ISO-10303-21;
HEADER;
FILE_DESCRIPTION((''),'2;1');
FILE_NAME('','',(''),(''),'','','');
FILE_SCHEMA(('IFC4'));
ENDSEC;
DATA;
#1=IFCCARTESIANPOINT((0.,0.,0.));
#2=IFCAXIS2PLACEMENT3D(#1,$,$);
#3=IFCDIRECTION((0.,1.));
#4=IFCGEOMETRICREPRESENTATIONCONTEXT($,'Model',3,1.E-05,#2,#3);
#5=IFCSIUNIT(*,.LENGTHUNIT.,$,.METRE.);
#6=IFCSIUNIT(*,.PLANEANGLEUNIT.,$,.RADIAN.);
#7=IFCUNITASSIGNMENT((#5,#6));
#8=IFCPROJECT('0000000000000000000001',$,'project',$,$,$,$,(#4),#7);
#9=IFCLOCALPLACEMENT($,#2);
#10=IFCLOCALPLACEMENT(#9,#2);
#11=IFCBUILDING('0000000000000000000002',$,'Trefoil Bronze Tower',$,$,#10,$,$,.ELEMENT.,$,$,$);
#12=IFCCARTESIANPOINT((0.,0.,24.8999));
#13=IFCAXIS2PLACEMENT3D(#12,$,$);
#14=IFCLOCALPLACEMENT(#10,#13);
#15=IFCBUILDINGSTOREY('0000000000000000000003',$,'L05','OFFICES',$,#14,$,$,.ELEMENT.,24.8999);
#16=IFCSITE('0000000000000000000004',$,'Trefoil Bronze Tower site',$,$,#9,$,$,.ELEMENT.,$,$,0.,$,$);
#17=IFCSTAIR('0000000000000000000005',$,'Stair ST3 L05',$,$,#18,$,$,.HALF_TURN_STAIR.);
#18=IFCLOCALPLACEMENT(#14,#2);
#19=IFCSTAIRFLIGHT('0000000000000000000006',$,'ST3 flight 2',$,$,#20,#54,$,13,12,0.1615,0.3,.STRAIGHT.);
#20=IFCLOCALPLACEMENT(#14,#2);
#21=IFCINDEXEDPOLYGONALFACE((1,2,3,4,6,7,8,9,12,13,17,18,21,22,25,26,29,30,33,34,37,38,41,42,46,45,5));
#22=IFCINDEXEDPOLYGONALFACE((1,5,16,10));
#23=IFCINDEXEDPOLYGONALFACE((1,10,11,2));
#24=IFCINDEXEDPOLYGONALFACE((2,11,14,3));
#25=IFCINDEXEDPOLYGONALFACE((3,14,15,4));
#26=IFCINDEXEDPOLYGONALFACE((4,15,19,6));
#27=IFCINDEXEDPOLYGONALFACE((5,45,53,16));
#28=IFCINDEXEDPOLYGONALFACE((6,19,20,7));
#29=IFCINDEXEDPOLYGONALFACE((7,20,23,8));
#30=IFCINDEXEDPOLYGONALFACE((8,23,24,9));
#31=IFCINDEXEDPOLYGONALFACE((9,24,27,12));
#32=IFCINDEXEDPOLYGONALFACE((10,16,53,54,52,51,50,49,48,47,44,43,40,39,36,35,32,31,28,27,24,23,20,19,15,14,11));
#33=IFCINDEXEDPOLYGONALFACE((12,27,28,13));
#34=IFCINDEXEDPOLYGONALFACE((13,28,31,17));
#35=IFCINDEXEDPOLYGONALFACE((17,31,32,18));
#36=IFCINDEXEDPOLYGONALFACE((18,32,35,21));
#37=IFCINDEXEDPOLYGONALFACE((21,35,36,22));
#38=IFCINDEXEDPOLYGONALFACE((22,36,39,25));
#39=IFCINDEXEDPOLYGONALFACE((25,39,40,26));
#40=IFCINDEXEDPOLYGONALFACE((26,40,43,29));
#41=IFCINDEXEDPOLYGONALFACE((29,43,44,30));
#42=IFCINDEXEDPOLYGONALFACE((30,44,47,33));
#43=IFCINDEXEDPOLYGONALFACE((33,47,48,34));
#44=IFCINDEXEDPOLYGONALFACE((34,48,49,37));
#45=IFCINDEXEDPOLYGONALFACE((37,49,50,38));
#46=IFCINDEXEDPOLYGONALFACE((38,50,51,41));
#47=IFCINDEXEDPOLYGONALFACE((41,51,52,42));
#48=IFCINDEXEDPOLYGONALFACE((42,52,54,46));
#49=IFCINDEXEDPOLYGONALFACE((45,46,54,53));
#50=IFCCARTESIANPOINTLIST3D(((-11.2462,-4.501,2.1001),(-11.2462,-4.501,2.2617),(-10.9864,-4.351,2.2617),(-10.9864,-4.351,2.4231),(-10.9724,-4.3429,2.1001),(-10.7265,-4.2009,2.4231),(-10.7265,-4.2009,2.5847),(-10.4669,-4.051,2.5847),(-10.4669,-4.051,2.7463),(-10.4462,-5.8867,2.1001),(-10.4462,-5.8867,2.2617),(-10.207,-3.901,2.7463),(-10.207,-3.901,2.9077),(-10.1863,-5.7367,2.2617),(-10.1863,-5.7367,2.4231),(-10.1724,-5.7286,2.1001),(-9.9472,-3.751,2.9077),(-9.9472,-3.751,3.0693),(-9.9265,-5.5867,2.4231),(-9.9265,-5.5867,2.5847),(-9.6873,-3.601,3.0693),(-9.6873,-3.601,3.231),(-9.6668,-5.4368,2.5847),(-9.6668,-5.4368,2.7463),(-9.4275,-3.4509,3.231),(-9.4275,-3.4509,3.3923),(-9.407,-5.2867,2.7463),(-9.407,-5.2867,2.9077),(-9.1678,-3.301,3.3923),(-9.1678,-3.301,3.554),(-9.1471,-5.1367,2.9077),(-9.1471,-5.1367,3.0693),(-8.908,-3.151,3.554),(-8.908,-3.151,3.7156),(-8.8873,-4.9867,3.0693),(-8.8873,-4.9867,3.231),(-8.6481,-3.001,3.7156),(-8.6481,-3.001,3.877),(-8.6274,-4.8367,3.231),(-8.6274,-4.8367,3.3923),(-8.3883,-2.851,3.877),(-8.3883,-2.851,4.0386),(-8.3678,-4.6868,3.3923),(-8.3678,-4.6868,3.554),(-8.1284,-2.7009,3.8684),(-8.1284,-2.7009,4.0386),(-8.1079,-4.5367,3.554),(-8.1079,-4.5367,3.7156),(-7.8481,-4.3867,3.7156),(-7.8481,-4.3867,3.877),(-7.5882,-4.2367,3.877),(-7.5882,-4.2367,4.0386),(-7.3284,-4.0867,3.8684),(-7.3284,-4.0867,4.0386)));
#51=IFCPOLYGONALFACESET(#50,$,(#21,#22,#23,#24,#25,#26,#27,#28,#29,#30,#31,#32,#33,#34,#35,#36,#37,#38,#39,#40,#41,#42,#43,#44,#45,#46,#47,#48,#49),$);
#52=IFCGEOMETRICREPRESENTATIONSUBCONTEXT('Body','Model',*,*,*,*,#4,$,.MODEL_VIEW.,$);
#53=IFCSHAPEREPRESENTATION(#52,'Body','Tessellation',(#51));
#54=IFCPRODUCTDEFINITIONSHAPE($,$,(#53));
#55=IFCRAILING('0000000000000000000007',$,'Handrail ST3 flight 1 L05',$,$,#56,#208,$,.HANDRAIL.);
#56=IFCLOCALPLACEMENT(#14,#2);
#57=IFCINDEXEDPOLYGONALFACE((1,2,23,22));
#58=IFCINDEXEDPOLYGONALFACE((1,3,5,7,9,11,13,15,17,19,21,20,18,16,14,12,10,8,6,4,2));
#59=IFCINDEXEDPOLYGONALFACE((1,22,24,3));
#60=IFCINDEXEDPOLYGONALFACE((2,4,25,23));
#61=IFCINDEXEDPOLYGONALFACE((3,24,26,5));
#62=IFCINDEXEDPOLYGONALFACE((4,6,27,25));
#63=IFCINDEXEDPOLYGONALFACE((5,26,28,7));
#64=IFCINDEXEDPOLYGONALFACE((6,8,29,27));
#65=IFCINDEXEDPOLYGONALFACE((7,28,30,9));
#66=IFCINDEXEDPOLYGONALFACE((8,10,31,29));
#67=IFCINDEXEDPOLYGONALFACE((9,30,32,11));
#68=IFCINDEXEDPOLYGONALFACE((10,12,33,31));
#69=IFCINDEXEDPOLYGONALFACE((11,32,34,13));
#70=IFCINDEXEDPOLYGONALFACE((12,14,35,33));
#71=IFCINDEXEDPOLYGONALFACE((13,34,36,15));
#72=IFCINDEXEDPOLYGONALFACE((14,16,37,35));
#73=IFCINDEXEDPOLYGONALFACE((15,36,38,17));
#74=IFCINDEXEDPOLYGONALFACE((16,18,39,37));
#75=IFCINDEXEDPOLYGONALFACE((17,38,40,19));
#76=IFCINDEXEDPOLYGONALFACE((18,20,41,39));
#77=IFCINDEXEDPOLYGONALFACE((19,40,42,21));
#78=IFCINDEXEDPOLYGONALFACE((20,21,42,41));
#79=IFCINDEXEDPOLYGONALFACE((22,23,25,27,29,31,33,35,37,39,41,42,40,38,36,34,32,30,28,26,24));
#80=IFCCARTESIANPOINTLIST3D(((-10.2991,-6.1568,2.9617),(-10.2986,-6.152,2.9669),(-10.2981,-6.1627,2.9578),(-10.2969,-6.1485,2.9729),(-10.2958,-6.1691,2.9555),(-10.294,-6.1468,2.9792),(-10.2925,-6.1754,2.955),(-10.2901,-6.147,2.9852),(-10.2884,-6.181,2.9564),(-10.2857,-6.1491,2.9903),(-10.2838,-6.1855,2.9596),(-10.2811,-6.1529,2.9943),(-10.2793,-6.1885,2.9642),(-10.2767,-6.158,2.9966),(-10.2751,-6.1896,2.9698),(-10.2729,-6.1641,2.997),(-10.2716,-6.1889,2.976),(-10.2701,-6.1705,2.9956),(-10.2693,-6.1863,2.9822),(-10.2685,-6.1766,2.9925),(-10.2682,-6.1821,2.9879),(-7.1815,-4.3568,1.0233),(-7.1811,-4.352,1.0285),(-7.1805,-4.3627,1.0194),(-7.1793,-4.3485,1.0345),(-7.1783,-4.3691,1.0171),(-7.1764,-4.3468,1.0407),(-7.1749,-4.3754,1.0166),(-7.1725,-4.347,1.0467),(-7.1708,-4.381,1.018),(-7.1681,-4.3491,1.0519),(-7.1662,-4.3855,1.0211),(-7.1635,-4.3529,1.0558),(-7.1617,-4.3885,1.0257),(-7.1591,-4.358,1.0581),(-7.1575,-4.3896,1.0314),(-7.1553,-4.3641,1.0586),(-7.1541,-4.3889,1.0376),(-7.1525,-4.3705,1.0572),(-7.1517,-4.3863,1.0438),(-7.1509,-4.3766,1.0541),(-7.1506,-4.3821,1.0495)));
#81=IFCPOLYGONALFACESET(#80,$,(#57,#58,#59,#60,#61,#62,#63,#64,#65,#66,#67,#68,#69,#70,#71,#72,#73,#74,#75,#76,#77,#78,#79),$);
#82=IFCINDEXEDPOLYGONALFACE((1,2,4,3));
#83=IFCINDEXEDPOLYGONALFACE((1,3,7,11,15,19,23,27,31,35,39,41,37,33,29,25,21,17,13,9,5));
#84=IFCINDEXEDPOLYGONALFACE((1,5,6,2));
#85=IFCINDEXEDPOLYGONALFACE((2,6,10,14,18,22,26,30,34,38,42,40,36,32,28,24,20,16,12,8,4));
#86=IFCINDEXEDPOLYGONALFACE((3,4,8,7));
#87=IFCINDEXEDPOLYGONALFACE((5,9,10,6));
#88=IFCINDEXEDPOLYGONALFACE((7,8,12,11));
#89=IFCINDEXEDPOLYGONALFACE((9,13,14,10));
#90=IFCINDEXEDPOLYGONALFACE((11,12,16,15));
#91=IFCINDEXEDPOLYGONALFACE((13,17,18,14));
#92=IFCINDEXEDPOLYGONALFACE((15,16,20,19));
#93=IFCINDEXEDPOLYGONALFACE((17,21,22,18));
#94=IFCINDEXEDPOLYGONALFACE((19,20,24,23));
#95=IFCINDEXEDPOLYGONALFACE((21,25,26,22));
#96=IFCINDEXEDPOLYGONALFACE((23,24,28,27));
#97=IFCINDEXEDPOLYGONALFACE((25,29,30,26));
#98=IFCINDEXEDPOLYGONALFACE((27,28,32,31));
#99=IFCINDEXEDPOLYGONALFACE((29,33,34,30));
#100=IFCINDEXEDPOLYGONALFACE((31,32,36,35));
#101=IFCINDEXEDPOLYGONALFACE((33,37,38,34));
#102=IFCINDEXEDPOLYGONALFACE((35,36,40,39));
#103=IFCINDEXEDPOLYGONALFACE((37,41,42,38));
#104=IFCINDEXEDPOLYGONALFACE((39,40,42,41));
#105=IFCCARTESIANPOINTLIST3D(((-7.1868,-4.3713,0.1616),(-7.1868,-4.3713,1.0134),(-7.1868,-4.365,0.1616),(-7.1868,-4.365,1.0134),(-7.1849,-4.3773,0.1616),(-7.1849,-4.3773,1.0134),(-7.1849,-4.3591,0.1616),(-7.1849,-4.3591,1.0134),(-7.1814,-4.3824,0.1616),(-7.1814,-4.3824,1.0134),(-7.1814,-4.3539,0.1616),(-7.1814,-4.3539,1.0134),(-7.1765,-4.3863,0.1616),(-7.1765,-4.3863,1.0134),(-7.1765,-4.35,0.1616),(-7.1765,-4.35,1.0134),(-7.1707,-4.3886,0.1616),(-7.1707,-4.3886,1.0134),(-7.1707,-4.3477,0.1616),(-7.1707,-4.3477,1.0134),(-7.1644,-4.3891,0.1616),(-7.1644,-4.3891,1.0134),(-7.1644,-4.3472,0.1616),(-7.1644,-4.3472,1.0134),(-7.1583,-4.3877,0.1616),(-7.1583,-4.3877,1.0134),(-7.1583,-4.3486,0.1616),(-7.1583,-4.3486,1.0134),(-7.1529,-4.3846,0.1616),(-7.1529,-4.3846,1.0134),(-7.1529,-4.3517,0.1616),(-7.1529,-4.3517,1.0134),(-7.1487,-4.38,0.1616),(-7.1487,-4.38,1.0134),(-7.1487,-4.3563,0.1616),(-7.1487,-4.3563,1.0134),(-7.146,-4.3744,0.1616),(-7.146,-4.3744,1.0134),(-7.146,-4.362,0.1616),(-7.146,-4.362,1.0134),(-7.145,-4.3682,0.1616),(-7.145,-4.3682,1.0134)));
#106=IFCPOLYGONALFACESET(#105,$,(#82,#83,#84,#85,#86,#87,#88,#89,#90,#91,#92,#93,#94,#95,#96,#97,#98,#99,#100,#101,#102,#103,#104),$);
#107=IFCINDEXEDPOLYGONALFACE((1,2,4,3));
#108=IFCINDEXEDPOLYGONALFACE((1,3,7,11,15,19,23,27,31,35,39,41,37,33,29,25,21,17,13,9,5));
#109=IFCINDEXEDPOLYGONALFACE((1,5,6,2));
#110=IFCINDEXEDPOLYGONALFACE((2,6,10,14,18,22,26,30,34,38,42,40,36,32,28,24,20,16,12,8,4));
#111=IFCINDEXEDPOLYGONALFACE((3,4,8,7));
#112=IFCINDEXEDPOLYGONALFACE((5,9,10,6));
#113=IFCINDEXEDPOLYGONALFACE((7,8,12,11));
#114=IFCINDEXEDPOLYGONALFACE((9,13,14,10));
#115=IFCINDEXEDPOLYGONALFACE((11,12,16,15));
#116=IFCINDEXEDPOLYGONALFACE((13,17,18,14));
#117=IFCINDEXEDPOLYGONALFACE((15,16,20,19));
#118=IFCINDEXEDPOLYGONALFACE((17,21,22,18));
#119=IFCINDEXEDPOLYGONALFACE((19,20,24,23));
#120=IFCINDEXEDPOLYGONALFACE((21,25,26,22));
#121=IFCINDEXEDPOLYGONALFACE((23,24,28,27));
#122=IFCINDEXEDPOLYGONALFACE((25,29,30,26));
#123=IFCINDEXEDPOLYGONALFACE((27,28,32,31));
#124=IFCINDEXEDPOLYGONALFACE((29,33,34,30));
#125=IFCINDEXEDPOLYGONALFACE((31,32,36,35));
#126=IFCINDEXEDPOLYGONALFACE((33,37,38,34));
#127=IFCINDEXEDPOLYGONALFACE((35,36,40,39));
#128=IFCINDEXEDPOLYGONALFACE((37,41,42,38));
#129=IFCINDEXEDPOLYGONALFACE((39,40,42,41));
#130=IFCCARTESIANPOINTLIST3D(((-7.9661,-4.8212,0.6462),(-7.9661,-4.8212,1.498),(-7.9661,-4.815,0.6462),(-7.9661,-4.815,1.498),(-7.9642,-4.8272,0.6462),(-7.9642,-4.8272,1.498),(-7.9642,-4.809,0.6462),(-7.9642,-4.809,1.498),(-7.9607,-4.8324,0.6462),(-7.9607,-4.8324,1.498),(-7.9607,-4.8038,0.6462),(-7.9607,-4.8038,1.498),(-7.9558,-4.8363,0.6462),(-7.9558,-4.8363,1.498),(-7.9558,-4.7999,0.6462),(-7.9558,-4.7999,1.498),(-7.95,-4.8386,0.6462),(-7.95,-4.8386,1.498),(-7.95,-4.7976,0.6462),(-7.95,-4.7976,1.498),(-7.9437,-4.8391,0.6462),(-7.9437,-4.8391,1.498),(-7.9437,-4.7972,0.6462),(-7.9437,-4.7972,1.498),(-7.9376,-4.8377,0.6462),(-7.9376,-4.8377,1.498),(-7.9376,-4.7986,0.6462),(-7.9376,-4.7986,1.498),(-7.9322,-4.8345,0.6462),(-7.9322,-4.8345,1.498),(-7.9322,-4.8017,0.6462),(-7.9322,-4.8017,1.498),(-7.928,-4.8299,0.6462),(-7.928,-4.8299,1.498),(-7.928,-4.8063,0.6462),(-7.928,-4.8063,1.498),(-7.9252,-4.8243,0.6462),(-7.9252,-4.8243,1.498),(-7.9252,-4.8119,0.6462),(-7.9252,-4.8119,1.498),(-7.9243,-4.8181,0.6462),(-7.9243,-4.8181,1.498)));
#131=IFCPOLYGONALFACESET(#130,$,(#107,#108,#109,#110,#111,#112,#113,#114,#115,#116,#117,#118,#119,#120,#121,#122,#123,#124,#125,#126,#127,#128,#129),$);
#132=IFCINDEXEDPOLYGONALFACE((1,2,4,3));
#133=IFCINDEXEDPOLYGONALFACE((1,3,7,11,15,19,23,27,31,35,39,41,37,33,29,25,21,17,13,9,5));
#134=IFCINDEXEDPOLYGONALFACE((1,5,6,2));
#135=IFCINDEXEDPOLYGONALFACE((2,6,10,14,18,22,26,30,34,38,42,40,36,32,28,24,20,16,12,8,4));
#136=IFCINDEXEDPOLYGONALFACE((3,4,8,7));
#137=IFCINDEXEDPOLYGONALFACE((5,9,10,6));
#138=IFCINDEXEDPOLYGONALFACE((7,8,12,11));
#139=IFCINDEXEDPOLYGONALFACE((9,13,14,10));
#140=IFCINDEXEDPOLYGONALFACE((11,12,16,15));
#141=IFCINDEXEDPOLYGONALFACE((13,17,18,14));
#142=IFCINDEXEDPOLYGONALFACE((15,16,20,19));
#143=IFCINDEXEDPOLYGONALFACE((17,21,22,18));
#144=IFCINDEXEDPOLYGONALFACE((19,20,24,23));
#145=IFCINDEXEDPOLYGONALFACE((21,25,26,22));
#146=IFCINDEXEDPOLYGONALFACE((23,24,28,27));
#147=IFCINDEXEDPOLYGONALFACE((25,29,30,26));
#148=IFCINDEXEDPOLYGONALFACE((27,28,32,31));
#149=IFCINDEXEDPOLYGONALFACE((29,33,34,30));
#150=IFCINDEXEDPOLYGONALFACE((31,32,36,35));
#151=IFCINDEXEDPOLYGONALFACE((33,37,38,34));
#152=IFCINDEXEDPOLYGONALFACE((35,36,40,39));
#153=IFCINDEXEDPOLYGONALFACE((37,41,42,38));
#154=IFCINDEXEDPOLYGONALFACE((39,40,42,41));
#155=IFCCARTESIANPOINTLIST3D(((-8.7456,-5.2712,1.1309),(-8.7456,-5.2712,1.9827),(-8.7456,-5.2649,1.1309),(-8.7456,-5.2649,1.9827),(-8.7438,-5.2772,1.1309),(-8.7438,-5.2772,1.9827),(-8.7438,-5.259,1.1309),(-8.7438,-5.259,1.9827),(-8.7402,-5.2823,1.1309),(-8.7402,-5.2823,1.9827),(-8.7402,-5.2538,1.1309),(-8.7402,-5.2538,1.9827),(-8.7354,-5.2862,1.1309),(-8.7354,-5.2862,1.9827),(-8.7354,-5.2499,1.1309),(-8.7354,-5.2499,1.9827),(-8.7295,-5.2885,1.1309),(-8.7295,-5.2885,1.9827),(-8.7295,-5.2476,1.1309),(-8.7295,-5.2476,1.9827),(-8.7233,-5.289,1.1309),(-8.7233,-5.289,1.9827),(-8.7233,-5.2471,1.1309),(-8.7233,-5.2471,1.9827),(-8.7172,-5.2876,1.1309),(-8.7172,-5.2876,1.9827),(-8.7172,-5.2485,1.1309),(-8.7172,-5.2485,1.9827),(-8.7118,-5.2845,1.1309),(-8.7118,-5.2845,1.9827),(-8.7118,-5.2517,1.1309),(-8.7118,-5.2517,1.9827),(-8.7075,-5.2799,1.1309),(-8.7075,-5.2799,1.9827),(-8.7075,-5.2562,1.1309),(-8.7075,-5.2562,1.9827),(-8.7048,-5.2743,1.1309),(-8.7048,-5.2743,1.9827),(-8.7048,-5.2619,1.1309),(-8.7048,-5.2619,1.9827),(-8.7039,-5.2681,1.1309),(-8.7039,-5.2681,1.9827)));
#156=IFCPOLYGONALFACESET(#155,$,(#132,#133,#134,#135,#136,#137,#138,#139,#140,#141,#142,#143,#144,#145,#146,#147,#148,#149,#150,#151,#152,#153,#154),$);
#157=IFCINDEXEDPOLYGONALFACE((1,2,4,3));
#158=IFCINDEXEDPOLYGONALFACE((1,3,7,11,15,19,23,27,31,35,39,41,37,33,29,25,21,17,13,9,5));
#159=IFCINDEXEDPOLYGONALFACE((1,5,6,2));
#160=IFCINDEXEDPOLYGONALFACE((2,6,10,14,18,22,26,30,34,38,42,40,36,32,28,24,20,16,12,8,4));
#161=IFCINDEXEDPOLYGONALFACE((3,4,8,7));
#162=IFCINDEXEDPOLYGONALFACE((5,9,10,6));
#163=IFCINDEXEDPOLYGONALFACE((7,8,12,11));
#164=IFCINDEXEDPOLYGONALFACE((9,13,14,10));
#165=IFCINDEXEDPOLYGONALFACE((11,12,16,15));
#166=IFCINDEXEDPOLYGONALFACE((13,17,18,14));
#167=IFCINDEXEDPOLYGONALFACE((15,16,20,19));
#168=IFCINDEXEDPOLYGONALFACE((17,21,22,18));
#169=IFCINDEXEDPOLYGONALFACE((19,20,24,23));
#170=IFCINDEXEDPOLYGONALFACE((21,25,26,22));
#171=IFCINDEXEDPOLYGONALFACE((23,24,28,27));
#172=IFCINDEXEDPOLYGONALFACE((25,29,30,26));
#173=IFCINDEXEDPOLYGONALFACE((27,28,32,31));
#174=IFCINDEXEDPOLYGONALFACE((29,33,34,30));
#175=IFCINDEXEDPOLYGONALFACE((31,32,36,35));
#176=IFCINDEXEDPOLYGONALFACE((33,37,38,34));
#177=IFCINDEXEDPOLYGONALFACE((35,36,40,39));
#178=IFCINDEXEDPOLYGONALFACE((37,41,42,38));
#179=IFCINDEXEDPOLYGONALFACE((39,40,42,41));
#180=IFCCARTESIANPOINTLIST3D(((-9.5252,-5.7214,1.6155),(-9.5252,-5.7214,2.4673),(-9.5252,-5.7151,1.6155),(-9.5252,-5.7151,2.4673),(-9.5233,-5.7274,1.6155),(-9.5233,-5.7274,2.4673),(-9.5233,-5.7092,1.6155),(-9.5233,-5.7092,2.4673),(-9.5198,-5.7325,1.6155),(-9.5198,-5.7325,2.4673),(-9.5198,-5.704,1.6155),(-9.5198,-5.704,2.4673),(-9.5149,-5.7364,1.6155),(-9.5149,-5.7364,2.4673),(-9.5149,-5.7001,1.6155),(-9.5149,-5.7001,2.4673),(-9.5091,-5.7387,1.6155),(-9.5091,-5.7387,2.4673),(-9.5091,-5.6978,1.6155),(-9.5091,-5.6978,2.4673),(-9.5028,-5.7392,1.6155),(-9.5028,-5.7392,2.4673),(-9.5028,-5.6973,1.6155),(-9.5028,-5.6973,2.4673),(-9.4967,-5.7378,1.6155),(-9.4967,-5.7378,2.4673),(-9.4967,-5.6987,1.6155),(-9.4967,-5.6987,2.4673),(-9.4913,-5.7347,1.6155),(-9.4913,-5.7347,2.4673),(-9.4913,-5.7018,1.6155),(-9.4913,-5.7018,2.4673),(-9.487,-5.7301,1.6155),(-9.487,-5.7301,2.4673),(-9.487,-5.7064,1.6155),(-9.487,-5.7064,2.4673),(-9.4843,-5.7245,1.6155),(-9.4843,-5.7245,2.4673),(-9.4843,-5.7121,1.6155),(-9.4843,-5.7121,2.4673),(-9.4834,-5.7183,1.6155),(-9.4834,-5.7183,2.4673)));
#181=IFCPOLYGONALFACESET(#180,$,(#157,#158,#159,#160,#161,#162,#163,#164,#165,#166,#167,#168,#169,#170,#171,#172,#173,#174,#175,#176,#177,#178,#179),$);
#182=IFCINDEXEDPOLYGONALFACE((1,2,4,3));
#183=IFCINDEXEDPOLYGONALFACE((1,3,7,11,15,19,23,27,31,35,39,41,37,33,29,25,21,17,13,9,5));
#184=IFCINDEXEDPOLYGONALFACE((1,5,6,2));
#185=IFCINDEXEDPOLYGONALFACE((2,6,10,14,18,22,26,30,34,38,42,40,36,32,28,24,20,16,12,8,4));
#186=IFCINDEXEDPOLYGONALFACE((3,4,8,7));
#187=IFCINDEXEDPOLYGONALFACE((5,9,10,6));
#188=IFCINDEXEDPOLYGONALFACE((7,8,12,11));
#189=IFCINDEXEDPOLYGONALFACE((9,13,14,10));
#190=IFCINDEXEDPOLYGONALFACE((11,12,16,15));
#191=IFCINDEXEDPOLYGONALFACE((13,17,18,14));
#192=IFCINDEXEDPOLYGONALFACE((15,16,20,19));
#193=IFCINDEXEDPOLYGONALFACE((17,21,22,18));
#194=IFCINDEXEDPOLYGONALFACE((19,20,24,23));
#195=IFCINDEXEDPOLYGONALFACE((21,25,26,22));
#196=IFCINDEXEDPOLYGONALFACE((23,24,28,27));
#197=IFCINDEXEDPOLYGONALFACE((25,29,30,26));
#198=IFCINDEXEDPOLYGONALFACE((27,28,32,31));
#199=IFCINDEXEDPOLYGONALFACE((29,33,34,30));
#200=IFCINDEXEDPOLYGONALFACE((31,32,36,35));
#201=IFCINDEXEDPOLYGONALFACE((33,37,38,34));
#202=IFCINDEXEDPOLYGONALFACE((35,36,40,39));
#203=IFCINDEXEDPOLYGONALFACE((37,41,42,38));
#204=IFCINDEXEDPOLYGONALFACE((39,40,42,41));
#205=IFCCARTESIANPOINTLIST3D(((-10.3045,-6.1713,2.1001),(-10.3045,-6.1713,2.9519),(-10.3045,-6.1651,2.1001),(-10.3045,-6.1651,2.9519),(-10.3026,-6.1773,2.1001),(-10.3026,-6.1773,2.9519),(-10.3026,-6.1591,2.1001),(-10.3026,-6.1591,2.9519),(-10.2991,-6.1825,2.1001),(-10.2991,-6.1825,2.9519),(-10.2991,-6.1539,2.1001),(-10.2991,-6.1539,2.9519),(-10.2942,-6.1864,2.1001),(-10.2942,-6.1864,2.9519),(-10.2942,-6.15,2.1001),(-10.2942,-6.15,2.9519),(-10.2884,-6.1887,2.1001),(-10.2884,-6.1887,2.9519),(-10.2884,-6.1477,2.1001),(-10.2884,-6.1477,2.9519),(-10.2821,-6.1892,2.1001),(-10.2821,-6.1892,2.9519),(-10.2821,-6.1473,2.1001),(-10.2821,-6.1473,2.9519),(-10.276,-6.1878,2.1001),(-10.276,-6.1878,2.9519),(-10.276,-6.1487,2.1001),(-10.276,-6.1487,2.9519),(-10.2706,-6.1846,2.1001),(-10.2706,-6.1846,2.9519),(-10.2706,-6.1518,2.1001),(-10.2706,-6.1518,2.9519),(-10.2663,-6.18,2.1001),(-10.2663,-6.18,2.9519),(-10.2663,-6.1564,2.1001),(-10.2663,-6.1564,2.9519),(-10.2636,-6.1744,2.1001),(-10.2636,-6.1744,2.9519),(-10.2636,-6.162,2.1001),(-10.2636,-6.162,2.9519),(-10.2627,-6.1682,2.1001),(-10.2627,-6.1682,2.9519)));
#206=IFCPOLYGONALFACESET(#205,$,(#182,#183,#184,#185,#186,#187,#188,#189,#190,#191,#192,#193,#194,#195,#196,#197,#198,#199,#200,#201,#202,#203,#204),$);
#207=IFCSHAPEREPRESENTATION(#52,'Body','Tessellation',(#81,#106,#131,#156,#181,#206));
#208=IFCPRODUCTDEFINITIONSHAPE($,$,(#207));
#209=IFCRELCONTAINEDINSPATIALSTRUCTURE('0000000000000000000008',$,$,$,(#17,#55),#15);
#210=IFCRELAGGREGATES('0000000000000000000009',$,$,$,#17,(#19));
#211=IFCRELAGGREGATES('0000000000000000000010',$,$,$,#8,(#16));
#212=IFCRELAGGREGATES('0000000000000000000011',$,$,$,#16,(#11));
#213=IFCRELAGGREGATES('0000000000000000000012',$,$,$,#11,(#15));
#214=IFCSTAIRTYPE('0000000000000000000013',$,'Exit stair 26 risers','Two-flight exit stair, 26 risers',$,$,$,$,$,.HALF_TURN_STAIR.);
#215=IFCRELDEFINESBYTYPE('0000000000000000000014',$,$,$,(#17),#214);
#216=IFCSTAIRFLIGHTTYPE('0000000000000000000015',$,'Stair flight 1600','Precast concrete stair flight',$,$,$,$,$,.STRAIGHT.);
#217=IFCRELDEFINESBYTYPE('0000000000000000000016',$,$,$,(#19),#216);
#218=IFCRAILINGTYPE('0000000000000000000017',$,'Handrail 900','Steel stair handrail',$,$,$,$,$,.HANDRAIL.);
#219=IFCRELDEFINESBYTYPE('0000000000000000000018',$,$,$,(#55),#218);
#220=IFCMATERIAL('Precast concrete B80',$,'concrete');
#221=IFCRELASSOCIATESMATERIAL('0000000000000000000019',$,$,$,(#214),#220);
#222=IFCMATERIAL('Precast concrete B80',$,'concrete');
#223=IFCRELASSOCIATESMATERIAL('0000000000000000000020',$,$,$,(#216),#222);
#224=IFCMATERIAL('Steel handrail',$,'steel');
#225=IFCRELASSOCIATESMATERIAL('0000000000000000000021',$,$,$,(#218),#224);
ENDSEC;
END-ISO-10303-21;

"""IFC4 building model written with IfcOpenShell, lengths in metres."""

from ifc_helpers import new_model, si_unit, direction, frame, origin, origin_2d, place, context, subcontext, project, spatial, polyline, circle, outline, extrude, material, type_object, element, aggregate, save


model = new_model("IFC4")

# Units and contexts
model_context = context("Model", 3, precision=1e-05, world=origin(), true_north=direction((0.0, 1.0)))
body_context = subcontext(model_context, "Body", "Model", "MODEL_VIEW")
ifc_project = project(units=[si_unit("LENGTHUNIT", "METRE"), si_unit("PLANEANGLEUNIT", "RADIAN")], contexts=[model_context])

# Site, building, storey
site_placement = place(None, origin())
site = spatial("IfcSite", under=ifc_project, at=site_placement, Name="Trefoil Bronze Tower site", CompositionType="ELEMENT", RefElevation=0.0)
building_placement = place(site_placement, origin())
building = spatial("IfcBuilding", under=site, at=building_placement, Name="Trefoil Bronze Tower", CompositionType="ELEMENT")
storey_placement = place(building_placement, frame((0.0, 0.0, 24.8999)))
storey = spatial("IfcBuildingStorey", under=building, at=storey_placement, Name="L05", Description="OFFICES", CompositionType="ELEMENT", Elevation=24.8999)

# Stair, stair flight
ifc_material_1 = material(Name="Precast concrete B80", Category="concrete")
stair_type = type_object("IfcStairType", Name="Exit stair 26 risers", Description="Two-flight exit stair, 26 risers", PredefinedType="HALF_TURN_STAIR", material=ifc_material_1)
stair_placement = place(storey_placement, origin())
stair = element("IfcStair", 1, at=stair_placement, inside=storey, type_object=stair_type, Name="Stair ST3 L05", PredefinedType="HALF_TURN_STAIR")
ifc_material_2 = material(Name="Precast concrete B80", Category="concrete")
stair_flight_type = type_object("IfcStairFlightType", Name="Stair flight 1600", Description="Precast concrete stair flight", PredefinedType="STRAIGHT", material=ifc_material_2)
stair_flight_1_placement = place(storey_placement, frame((-10.8462, -5.1938, 2.1001), z_axis=(0.0, 0.0, 1.0), x_axis=(0.866025, 0.5, 0.0)))
stair_flight_1 = element("IfcStairFlight", 2, at=stair_flight_1_placement, type_object=stair_flight_type, Name="ST3 flight 2", NumberOfRisers=13, NumberOfTreads=12, PredefinedType="STRAIGHT", RiserHeight=0.1615, TreadLength=0.3, context=body_context, shape_type="SweptSolid", body=[
    extrude(outline(polyline([(0.0, 0.0), (0.0, 0.1616), (0.3, 0.1616), (0.3, 0.323), (0.6001, 0.323), (0.6001, 0.4846), (0.8999, 0.4846), (0.8999, 0.6462), (1.2, 0.6462), (1.2, 0.8076), (1.5, 0.8076), (1.5, 0.9692), (1.8, 0.9692), (1.8, 1.1309), (2.1001, 1.1309), (2.1001, 1.2922), (2.3999, 1.2922), (2.3999, 1.4539), (2.7, 1.4539), (2.7, 1.6155), (3.0, 1.6155), (3.0, 1.7769), (3.3, 1.7769), (3.3, 1.9385), (3.6001, 1.9385), (3.6001, 2.1001), (3.6001, 1.7683), (0.3162, 0.0), (0.0, 0.0)])), frame((0.0, 0.8, 0.0), z_axis=(0.0, -1.0, 0.0), x_axis=(1.0, 0.0, 0.0)), (0.0, 0.0, 1.0), 1.6001),
])
aggregate(stair, [stair_flight_1])

# Railing
ifc_material_3 = material(Name="Steel handrail", Category="steel")
railing_type = type_object("IfcRailingType", Name="Handrail 900", Description="Steel stair handrail", PredefinedType="HANDRAIL", material=ifc_material_3)
railing_1_placement = place(storey_placement, frame((-7.166, -4.3682, 0.1616)))
element("IfcRailing", 3, at=railing_1_placement, inside=storey, type_object=railing_type, Name="Handrail ST3 flight 1 L05", PredefinedType="HANDRAIL", context=body_context, shape_type="SweptSolid", body=[
    extrude(circle(Radius=0.0239, at=origin_2d()), frame((0.0, 0.0, 0.876), z_axis=(-0.762503, -0.440246, 0.474102), x_axis=(0.500012, -0.866018, 0.0)), (0.0, 0.0, 1.0), 4.0886),
    extrude(circle(Radius=0.021, at=origin_2d()), origin(), (0.0, 0.0, 1.0), 0.8518),
    extrude(circle(Radius=0.021, at=origin_2d()), frame((-0.7793, -0.45, 0.4846)), (0.0, 0.0, 1.0), 0.8518),
    extrude(circle(Radius=0.021, at=origin_2d()), frame((-1.5588, -0.8999, 0.9692)), (0.0, 0.0, 1.0), 0.8518),
    extrude(circle(Radius=0.021, at=origin_2d()), frame((-2.3384, -1.3501, 1.4539)), (0.0, 0.0, 1.0), 0.8518),
    extrude(circle(Radius=0.021, at=origin_2d()), frame((-3.1177, -1.8, 1.9385)), (0.0, 0.0, 1.0), 0.8518),
])

save(model, "model.ifc")
